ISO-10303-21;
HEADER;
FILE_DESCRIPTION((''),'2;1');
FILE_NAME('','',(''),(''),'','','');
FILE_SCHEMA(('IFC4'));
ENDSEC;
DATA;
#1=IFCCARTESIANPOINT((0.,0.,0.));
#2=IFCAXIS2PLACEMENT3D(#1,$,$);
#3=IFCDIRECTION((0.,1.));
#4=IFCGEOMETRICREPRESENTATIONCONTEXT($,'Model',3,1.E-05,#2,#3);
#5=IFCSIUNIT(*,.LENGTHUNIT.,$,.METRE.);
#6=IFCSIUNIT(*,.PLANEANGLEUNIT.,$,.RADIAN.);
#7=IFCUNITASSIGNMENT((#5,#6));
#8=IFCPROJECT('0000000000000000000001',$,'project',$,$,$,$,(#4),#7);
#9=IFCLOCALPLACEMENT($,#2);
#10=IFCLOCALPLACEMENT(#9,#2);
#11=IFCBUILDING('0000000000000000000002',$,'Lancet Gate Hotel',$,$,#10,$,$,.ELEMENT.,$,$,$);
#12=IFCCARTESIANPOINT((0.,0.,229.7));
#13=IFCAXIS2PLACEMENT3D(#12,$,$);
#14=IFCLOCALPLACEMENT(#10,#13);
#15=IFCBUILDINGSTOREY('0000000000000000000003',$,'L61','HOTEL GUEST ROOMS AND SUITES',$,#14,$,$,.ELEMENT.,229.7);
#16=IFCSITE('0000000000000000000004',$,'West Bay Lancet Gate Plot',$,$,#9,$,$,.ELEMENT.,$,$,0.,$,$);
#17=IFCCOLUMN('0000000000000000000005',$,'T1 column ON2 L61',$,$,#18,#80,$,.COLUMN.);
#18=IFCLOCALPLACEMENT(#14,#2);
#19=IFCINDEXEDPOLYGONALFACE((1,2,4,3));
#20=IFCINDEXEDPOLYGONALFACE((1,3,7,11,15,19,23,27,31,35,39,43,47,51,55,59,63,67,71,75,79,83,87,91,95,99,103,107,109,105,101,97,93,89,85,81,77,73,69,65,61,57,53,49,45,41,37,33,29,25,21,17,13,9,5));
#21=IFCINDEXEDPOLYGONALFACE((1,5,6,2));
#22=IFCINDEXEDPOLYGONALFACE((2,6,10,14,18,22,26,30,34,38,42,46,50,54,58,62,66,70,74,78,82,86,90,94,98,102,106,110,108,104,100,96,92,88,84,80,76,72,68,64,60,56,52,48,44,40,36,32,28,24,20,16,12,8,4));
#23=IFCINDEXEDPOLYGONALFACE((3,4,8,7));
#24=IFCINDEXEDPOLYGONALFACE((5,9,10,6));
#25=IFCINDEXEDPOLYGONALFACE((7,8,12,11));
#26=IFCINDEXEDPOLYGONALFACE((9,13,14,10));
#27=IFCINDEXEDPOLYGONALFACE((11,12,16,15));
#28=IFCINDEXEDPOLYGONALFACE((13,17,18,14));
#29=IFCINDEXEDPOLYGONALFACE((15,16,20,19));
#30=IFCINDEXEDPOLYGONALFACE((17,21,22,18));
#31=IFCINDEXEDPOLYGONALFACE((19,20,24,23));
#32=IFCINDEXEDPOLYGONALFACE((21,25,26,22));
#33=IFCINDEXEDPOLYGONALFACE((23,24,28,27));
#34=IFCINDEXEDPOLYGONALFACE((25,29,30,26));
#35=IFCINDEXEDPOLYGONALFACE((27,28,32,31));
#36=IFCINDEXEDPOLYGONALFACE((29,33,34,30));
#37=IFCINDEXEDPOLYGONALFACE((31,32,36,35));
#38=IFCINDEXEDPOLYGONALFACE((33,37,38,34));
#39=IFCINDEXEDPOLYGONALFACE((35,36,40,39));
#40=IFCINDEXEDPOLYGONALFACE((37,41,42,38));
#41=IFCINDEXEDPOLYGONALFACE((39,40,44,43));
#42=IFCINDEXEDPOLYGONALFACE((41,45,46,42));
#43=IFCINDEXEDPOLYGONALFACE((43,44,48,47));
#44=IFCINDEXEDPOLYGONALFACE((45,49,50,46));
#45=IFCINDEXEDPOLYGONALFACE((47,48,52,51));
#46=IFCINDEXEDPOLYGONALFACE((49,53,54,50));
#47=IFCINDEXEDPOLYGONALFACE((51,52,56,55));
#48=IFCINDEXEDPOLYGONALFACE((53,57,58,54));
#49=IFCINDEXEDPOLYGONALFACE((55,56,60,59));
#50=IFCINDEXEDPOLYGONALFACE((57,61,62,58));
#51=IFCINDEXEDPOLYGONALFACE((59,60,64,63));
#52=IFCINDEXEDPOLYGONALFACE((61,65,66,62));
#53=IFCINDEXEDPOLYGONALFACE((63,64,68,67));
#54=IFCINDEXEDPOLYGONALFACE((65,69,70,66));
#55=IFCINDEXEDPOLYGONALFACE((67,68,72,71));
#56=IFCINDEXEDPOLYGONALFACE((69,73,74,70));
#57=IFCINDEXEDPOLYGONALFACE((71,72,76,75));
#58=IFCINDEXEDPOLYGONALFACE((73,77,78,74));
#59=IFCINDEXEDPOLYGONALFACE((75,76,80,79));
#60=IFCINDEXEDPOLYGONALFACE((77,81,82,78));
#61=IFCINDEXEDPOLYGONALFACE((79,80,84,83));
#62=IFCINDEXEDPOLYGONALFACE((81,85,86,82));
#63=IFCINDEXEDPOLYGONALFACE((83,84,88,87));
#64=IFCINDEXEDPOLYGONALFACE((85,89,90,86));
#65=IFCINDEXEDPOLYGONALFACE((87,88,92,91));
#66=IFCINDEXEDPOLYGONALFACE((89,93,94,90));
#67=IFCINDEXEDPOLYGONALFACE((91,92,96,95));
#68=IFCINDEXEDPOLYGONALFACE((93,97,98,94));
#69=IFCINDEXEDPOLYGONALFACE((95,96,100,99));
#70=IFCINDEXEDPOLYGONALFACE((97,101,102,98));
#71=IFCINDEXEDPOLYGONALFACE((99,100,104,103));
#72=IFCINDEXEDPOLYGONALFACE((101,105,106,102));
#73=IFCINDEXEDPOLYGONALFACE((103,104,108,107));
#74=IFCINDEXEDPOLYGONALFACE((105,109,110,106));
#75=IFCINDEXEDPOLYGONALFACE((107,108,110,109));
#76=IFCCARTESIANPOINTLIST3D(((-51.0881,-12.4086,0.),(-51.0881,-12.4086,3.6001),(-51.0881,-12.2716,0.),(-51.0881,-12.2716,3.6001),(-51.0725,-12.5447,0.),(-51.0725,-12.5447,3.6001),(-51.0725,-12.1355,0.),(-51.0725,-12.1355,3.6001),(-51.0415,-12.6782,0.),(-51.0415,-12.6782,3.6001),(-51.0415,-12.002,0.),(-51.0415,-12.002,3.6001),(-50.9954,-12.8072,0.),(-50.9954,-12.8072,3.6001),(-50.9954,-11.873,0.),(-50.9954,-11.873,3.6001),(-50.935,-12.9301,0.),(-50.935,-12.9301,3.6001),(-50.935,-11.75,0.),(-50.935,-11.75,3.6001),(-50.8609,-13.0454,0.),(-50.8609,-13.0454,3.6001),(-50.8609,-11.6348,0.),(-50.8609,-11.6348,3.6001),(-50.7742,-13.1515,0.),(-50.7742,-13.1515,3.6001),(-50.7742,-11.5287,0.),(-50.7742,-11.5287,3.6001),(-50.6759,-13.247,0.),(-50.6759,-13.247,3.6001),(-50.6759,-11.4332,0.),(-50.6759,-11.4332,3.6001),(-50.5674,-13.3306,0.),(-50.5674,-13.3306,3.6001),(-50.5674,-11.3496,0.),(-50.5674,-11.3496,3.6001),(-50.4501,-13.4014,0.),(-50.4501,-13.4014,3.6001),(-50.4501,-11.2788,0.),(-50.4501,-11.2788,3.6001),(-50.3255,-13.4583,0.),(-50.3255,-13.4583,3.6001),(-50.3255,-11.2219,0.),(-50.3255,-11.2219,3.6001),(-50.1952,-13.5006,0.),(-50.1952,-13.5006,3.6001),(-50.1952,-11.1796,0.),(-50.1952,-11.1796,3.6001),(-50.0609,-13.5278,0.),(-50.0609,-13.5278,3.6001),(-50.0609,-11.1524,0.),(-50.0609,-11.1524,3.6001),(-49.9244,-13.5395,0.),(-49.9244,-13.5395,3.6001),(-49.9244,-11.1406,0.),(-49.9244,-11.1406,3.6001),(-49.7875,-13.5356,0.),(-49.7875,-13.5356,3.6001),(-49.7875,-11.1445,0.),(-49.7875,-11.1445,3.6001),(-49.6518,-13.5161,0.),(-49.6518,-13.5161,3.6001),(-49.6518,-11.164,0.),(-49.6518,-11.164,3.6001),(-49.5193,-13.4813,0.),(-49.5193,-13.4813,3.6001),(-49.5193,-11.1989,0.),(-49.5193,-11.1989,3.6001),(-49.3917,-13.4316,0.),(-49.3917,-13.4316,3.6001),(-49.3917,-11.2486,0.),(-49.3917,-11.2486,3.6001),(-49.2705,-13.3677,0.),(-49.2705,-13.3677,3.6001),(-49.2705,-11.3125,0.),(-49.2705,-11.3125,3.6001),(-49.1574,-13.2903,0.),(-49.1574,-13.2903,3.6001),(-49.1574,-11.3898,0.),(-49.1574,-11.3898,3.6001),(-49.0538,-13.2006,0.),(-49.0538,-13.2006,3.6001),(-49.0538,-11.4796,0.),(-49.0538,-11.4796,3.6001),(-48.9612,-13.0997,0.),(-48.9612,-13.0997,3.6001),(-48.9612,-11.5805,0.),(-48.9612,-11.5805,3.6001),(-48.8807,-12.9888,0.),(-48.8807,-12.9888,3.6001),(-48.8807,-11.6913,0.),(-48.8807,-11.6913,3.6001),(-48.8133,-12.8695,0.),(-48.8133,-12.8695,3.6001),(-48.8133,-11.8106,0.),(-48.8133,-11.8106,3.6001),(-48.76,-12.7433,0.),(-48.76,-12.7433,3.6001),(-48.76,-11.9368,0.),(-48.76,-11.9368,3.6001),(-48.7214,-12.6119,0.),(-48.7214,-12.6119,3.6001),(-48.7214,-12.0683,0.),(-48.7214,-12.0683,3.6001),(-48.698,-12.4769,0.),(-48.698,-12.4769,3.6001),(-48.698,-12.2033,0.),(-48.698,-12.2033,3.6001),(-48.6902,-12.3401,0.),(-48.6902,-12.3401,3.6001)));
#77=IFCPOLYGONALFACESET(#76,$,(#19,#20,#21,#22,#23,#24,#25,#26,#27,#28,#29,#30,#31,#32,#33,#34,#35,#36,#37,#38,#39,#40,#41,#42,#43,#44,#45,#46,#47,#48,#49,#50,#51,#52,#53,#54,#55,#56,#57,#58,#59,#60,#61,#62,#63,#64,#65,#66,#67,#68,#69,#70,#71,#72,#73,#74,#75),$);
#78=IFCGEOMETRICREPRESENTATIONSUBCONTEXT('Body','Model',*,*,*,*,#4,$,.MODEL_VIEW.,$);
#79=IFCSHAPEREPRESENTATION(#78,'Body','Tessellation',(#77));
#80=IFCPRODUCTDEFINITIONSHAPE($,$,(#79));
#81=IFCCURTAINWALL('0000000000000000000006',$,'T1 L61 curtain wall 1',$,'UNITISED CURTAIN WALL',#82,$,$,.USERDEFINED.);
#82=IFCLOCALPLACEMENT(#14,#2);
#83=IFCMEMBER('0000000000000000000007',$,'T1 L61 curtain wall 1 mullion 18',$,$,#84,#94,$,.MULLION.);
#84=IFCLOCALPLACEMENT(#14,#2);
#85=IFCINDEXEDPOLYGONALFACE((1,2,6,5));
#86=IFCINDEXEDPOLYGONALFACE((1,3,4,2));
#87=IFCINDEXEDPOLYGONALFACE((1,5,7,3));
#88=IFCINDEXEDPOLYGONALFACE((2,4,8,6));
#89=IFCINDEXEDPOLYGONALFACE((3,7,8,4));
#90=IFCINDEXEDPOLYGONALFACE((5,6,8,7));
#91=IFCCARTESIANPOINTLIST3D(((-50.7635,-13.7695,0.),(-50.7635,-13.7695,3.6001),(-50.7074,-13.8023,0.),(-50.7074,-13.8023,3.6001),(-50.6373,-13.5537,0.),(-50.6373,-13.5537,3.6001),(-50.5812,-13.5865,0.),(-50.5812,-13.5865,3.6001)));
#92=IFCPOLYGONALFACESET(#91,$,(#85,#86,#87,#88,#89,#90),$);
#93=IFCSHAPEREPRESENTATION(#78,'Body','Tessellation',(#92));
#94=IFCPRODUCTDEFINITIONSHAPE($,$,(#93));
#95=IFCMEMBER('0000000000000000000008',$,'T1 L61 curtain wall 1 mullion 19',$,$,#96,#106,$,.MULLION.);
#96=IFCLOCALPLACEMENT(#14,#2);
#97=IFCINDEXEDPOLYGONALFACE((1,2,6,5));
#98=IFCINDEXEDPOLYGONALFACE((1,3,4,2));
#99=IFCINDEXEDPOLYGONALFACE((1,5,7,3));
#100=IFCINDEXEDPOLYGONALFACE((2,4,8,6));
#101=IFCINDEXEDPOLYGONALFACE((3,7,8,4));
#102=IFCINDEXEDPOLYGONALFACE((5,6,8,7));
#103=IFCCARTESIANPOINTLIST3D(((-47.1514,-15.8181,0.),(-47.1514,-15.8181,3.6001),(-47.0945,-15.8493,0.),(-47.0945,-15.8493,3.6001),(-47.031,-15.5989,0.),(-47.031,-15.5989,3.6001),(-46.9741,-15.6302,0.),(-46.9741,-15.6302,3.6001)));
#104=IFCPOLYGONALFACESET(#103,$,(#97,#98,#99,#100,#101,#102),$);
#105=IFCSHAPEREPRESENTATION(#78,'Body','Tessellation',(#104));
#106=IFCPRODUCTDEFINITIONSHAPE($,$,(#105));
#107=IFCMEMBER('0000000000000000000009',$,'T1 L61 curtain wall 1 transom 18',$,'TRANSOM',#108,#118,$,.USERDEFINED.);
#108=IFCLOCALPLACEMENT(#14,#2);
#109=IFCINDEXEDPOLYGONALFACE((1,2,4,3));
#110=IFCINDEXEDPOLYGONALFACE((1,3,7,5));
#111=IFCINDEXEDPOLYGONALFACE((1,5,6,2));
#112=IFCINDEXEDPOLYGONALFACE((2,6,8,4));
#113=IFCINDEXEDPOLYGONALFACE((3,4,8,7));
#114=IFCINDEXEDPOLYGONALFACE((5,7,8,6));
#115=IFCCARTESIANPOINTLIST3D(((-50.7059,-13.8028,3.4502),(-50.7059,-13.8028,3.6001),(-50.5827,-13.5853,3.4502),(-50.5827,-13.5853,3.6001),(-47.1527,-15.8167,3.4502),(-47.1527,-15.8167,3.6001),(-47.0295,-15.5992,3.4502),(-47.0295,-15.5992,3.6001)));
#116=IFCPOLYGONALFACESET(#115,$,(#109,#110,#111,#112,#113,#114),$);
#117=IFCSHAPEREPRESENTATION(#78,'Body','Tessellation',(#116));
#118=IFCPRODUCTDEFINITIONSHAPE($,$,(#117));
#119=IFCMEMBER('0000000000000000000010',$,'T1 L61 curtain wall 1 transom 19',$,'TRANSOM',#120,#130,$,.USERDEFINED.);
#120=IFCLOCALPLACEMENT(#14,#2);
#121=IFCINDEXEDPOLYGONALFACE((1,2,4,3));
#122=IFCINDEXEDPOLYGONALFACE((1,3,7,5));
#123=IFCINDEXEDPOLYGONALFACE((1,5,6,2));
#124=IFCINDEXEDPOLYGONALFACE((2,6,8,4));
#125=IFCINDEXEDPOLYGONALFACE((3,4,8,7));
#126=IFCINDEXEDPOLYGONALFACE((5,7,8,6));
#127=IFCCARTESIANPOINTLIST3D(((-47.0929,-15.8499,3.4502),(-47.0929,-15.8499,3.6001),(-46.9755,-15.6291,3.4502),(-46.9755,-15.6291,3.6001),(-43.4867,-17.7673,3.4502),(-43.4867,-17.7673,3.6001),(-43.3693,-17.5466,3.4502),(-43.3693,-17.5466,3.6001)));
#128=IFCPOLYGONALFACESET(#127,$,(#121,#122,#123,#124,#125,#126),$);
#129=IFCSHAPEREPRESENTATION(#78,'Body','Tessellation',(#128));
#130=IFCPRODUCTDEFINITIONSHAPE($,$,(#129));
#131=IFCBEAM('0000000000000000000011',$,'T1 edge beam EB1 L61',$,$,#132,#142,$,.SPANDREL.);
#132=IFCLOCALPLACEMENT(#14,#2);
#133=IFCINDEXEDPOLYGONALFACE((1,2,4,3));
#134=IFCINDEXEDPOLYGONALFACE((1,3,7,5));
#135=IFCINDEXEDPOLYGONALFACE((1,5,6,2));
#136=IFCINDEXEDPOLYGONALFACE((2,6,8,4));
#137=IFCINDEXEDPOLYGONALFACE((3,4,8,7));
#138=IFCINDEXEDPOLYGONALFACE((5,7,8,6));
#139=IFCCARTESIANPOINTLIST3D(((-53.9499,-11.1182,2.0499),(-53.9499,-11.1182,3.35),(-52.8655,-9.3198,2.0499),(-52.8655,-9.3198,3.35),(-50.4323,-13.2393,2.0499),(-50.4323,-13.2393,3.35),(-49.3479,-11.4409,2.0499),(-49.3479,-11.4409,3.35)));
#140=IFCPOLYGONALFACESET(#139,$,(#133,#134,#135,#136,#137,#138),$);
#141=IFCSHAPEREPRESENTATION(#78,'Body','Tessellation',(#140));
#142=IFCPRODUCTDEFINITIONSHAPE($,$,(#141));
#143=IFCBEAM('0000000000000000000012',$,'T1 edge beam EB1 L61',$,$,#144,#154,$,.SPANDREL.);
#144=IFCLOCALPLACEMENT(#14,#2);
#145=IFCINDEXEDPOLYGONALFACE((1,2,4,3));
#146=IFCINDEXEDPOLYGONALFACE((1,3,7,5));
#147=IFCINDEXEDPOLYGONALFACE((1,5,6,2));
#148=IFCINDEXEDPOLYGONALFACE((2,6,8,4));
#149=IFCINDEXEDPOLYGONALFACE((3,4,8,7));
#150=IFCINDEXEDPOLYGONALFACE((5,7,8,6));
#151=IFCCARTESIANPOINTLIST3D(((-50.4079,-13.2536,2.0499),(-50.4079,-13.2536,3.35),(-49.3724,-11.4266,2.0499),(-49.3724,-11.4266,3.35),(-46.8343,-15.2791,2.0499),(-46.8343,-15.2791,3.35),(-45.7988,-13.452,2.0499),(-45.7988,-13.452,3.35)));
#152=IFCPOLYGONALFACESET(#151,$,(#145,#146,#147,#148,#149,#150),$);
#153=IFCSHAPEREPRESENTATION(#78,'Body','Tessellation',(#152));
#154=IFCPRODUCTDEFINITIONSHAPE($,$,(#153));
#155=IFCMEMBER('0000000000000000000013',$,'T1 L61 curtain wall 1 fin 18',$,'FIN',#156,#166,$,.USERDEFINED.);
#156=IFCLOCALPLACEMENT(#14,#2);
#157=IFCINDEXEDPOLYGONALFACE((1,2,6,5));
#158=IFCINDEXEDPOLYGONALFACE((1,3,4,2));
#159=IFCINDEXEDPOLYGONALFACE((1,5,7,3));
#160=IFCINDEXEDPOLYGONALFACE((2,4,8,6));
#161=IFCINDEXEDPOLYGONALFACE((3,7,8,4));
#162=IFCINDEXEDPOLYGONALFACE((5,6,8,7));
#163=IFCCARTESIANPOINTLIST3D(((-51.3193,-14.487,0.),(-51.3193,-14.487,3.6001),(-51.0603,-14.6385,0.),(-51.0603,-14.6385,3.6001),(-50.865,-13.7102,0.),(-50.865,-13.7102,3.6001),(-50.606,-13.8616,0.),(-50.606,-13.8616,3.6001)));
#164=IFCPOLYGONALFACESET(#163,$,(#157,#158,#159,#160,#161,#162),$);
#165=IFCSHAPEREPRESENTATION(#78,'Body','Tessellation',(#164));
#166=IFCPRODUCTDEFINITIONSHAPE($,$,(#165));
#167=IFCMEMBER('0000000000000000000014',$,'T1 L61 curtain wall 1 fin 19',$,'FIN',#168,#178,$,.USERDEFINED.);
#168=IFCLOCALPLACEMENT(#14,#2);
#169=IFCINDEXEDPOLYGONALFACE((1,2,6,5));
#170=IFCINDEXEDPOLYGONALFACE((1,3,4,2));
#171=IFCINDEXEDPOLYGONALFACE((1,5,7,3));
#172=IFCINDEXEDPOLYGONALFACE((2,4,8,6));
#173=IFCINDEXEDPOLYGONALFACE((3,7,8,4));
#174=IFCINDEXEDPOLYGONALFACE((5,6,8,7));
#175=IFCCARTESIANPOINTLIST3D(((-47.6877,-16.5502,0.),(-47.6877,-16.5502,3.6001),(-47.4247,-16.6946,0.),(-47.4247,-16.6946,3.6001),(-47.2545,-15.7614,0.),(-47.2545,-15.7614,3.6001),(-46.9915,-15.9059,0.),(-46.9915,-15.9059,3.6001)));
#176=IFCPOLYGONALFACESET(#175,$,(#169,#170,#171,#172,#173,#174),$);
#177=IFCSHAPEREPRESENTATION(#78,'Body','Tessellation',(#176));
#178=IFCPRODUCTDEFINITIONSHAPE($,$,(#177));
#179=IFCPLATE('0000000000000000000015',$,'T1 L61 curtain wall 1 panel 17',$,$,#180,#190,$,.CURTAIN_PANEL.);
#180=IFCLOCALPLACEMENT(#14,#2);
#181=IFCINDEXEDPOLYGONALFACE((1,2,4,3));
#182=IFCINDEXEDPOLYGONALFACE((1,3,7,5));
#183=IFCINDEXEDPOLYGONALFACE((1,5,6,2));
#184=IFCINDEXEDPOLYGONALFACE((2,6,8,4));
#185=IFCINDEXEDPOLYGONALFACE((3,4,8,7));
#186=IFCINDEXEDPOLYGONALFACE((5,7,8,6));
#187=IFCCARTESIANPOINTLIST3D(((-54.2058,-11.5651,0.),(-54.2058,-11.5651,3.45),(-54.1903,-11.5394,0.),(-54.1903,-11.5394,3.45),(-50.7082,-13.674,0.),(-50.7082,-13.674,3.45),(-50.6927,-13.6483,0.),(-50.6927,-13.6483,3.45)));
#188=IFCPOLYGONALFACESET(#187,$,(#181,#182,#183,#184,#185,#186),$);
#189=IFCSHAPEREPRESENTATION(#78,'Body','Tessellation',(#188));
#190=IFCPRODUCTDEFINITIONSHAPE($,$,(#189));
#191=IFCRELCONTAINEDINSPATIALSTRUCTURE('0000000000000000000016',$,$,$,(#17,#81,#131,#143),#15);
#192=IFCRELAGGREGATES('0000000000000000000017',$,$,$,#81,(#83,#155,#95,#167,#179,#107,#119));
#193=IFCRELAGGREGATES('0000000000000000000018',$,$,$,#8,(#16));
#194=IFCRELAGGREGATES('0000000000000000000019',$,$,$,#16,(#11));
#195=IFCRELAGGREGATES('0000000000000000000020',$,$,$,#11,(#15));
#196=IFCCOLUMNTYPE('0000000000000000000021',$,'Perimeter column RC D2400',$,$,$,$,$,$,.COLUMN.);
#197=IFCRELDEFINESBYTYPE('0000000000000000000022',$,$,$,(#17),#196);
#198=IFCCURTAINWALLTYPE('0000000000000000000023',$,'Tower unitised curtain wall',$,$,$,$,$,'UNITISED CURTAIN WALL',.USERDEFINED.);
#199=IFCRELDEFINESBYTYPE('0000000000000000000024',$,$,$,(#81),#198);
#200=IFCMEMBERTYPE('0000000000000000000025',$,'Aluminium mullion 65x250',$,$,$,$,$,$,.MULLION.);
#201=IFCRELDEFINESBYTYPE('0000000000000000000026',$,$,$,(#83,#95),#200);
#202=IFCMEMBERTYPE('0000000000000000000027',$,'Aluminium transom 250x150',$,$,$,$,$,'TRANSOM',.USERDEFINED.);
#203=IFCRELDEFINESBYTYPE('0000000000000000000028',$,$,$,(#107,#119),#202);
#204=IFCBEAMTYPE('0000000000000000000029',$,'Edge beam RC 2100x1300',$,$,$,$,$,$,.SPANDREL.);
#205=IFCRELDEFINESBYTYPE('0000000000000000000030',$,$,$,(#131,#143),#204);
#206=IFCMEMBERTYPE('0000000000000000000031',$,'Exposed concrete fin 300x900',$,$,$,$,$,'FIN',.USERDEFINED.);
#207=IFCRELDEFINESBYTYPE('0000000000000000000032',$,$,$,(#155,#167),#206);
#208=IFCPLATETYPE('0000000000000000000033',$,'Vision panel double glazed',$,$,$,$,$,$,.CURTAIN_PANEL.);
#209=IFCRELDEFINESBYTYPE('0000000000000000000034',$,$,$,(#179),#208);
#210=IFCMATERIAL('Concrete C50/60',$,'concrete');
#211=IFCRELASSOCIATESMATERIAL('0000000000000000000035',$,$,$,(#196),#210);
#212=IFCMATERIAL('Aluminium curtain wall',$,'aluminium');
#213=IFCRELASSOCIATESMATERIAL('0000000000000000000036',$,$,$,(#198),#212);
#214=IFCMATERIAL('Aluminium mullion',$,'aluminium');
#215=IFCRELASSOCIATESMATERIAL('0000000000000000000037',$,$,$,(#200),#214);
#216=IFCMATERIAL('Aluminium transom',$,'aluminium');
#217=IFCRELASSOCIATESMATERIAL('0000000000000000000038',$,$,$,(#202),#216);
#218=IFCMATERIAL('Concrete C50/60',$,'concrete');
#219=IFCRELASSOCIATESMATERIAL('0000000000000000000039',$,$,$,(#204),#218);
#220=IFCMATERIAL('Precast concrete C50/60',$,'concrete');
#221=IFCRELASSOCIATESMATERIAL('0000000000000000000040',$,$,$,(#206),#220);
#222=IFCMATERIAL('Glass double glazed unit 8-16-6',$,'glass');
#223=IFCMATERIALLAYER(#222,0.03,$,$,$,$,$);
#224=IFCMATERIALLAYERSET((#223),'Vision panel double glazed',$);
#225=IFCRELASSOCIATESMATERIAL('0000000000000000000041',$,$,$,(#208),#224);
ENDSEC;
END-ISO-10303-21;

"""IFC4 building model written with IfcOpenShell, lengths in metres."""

from ifc_helpers import new_model, si_unit, direction, frame, origin, origin_2d, place, context, subcontext, project, spatial, rectangle, circle, extrude, material, layer, layer_set, material_profile, profile_set, type_object, element, aggregate, save


model = new_model("IFC4")

# Units and contexts
model_context = context("Model", 3, precision=1e-05, world=origin(), true_north=direction((0.0, 1.0)))
body_context = subcontext(model_context, "Body", "Model", "MODEL_VIEW")
ifc_project = project(units=[si_unit("LENGTHUNIT", "METRE"), si_unit("PLANEANGLEUNIT", "RADIAN")], contexts=[model_context])

# Site, building, storey
site_placement = place(None, origin())
site = spatial("IfcSite", under=ifc_project, at=site_placement, Name="West Bay Lancet Gate Plot", CompositionType="ELEMENT", RefElevation=0.0)
building_placement = place(site_placement, origin())
building = spatial("IfcBuilding", under=site, at=building_placement, Name="Lancet Gate Hotel", CompositionType="ELEMENT")
storey_placement = place(building_placement, frame((0.0, 0.0, 229.7)))
storey = spatial("IfcBuildingStorey", under=building, at=storey_placement, Name="L61", Description="HOTEL GUEST ROOMS AND SUITES", CompositionType="ELEMENT", Elevation=229.7)

# Column
ifc_material_1 = material(Name="Concrete C50/60", Category="concrete")
ifc_material_profile_1 = material_profile(ifc_material_1, circle(Radius=1.2, at=origin_2d()), Name="RC D2400")
ifc_profile_set_1 = profile_set([ifc_material_profile_1], Name="Concrete C50/60")
column_type = type_object("IfcColumnType", Name="Perimeter column RC D2400", PredefinedType="COLUMN", material=ifc_profile_set_1)
column_placement = place(storey_placement, frame((-49.8901, -12.3401, 0.0), z_axis=(0.0, 0.0, 1.0), x_axis=(1.0, 0.0, 0.0)))
element("IfcColumn", 1, at=column_placement, inside=storey, type_object=column_type, Name="T1 column ON2 L61", PredefinedType="COLUMN", context=body_context, shape_type="SweptSolid", body=[
    extrude(circle(Radius=1.2, at=origin_2d()), origin(), (0.0, 0.0, 1.0), 3.6001),
])

# Curtain wall, members
ifc_material_2 = material(Name="Aluminium curtain wall", Category="aluminium")
curtain_wall_type = type_object("IfcCurtainWallType", Name="Tower unitised curtain wall", ElementType="UNITISED CURTAIN WALL", PredefinedType="USERDEFINED", material=ifc_material_2)
curtain_wall_placement = place(storey_placement, origin())
curtain_wall = element("IfcCurtainWall", 2, at=curtain_wall_placement, inside=storey, type_object=curtain_wall_type, Name="T1 L61 curtain wall 1", ObjectType="UNITISED CURTAIN WALL", PredefinedType="USERDEFINED")
ifc_material_3 = material(Name="Aluminium mullion", Category="aluminium")
ifc_material_profile_2 = material_profile(ifc_material_3, rectangle(XDim=0.0649, YDim=0.25, at=origin_2d()), Name="MULLION 65x250")
ifc_profile_set_2 = profile_set([ifc_material_profile_2], Name="Aluminium mullion")
member_type_1 = type_object("IfcMemberType", Name="Aluminium mullion 65x250", PredefinedType="MULLION", material=ifc_profile_set_2)
member_1_placement = place(storey_placement, frame((-50.6724, -13.678, 0.0), z_axis=(0.0, 0.0, 1.0), x_axis=(0.863242, -0.50479, 0.0)))
member_1 = element("IfcMember", 3, at=member_1_placement, type_object=member_type_1, Name="T1 L61 curtain wall 1 mullion 18", PredefinedType="MULLION", context=body_context, shape_type="SweptSolid", body=[
    extrude(rectangle(XDim=0.0649, YDim=0.25, at=origin_2d()), origin(), (0.0, 0.0, 1.0), 3.6001),
])
member_2_placement = place(storey_placement, frame((-47.0627, -15.7241, 0.0), z_axis=(0.0, 0.0, 1.0), x_axis=(0.876516, -0.481372, 0.0)))
member_2 = element("IfcMember", 4, at=member_2_placement, type_object=member_type_1, Name="T1 L61 curtain wall 1 mullion 19", PredefinedType="MULLION", context=body_context, shape_type="SweptSolid", body=[
    extrude(rectangle(XDim=0.0649, YDim=0.25, at=origin_2d()), origin(), (0.0, 0.0, 1.0), 3.6001),
])
ifc_material_4 = material(Name="Aluminium transom", Category="aluminium")
ifc_material_profile_3 = material_profile(ifc_material_4, rectangle(XDim=0.25, YDim=0.1499, at=origin_2d()), Name="TRANSOM 250x150")
ifc_profile_set_3 = profile_set([ifc_material_profile_3], Name="Aluminium transom")
member_type_2 = type_object("IfcMemberType", Name="Aluminium transom 250x150", ElementType="TRANSOM", PredefinedType="USERDEFINED", material=ifc_profile_set_3)
member_3_placement = place(storey_placement, frame((-50.6443, -13.6941, 3.5251), z_axis=(0.869978, -0.493091, 0.0), x_axis=(0.493091, 0.869978, 0.0)))
member_3 = element("IfcMember", 5, at=member_3_placement, type_object=member_type_2, Name="T1 L61 curtain wall 1 transom 18", ObjectType="TRANSOM", PredefinedType="USERDEFINED", context=body_context, shape_type="SweptSolid", body=[
    extrude(rectangle(XDim=0.25, YDim=0.1499, at=origin_2d()), origin(), (0.0, 0.0, 1.0), 4.0842),
])
member_4_placement = place(storey_placement, frame((-47.0342, -15.7395, 3.5251), z_axis=(0.882945, -0.469477, 0.0), x_axis=(0.469477, 0.882945, 0.0)))
member_4 = element("IfcMember", 6, at=member_4_placement, type_object=member_type_2, Name="T1 L61 curtain wall 1 transom 19", ObjectType="TRANSOM", PredefinedType="USERDEFINED", context=body_context, shape_type="SweptSolid", body=[
    extrude(rectangle(XDim=0.25, YDim=0.1499, at=origin_2d()), origin(), (0.0, 0.0, 1.0), 4.0842),
])

# Beams
ifc_material_5 = material(Name="Concrete C50/60", Category="concrete")
ifc_material_profile_4 = material_profile(ifc_material_5, rectangle(XDim=2.1001, YDim=1.3, at=origin_2d()), Name="RC 2100x1300")
ifc_profile_set_4 = profile_set([ifc_material_profile_4], Name="Concrete C50/60")
beam_type = type_object("IfcBeamType", Name="Edge beam RC 2100x1300", PredefinedType="SPANDREL", material=ifc_profile_set_4)
for number, where, z_axis, x_axis, name in (
    (7, (-53.4077, -10.219, 2.7), (0.856358, -0.516382, 0.0), (0.516382, 0.856358, 0.0), "T1 edge beam EB1 L61"),
    (8, (-49.8901, -12.3401, 2.7), (0.869979, -0.493089, 0.0), (0.493089, 0.869979, 0.0), "T1 edge beam EB1 L61"),
):
    element("IfcBeam", number, at=place(storey_placement, frame(where, z_axis=z_axis, x_axis=x_axis)), inside=storey, type_object=beam_type, Name=name, PredefinedType="SPANDREL", context=body_context, shape_type="SweptSolid", body=[
        extrude(rectangle(XDim=2.1001, YDim=1.3, at=origin_2d()), origin(), (0.0, 0.0, 1.0), 4.1077),
    ])

# Members
ifc_material_6 = material(Name="Precast concrete C50/60", Category="concrete")
ifc_material_profile_5 = material_profile(ifc_material_6, rectangle(XDim=0.3, YDim=0.8999, at=origin_2d()), Name="FIN 300x900")
ifc_profile_set_5 = profile_set([ifc_material_profile_5], Name="Precast concrete C50/60")
member_type_3 = type_object("IfcMemberType", Name="Exposed concrete fin 300x900", ElementType="FIN", PredefinedType="USERDEFINED", material=ifc_profile_set_5)
member_5_placement = place(storey_placement, frame((-50.9626, -14.1743, 0.0), z_axis=(0.0, 0.0, 1.0), x_axis=(0.863242, -0.50479, 0.0)))
member_5 = element("IfcMember", 9, at=member_5_placement, type_object=member_type_3, Name="T1 L61 curtain wall 1 fin 18", ObjectType="FIN", PredefinedType="USERDEFINED", context=body_context, shape_type="SweptSolid", body=[
    extrude(rectangle(XDim=0.3, YDim=0.8999, at=origin_2d()), origin(), (0.0, 0.0, 1.0), 3.6001),
])
member_6_placement = place(storey_placement, frame((-47.3396, -16.228, 0.0), z_axis=(0.0, 0.0, 1.0), x_axis=(0.876516, -0.481372, 0.0)))
member_6 = element("IfcMember", 10, at=member_6_placement, type_object=member_type_3, Name="T1 L61 curtain wall 1 fin 19", ObjectType="FIN", PredefinedType="USERDEFINED", context=body_context, shape_type="SweptSolid", body=[
    extrude(rectangle(XDim=0.3, YDim=0.8999, at=origin_2d()), origin(), (0.0, 0.0, 1.0), 3.6001),
])

# Plate
ifc_material_7 = material(Name="Glass double glazed unit 8-16-6", Category="glass")
ifc_layer_1 = layer(ifc_material_7, 0.03)
ifc_layer_set_1 = layer_set([ifc_layer_1], Name="Vision panel double glazed")
plate_type = type_object("IfcPlateType", Name="Vision panel double glazed", PredefinedType="CURTAIN_PANEL", material=ifc_layer_set_1)
plate_1_placement = place(storey_placement, frame((-52.4492, -12.6067, 0.0), z_axis=(0.0, 0.0, 1.0), x_axis=(0.85637, -0.516363, 0.0)))
plate_1 = element("IfcPlate", 11, at=plate_1_placement, type_object=plate_type, Name="T1 L61 curtain wall 1 panel 17", PredefinedType="CURTAIN_PANEL", context=body_context, shape_type="SweptSolid", body=[
    extrude(rectangle(XDim=4.0842, YDim=0.03, at=origin_2d()), origin(), (0.0, 0.0, 1.0), 3.45),
])
aggregate(curtain_wall, [member_1, member_5, member_2, member_6, plate_1, member_3, member_4])

save(model, "model.ifc")
